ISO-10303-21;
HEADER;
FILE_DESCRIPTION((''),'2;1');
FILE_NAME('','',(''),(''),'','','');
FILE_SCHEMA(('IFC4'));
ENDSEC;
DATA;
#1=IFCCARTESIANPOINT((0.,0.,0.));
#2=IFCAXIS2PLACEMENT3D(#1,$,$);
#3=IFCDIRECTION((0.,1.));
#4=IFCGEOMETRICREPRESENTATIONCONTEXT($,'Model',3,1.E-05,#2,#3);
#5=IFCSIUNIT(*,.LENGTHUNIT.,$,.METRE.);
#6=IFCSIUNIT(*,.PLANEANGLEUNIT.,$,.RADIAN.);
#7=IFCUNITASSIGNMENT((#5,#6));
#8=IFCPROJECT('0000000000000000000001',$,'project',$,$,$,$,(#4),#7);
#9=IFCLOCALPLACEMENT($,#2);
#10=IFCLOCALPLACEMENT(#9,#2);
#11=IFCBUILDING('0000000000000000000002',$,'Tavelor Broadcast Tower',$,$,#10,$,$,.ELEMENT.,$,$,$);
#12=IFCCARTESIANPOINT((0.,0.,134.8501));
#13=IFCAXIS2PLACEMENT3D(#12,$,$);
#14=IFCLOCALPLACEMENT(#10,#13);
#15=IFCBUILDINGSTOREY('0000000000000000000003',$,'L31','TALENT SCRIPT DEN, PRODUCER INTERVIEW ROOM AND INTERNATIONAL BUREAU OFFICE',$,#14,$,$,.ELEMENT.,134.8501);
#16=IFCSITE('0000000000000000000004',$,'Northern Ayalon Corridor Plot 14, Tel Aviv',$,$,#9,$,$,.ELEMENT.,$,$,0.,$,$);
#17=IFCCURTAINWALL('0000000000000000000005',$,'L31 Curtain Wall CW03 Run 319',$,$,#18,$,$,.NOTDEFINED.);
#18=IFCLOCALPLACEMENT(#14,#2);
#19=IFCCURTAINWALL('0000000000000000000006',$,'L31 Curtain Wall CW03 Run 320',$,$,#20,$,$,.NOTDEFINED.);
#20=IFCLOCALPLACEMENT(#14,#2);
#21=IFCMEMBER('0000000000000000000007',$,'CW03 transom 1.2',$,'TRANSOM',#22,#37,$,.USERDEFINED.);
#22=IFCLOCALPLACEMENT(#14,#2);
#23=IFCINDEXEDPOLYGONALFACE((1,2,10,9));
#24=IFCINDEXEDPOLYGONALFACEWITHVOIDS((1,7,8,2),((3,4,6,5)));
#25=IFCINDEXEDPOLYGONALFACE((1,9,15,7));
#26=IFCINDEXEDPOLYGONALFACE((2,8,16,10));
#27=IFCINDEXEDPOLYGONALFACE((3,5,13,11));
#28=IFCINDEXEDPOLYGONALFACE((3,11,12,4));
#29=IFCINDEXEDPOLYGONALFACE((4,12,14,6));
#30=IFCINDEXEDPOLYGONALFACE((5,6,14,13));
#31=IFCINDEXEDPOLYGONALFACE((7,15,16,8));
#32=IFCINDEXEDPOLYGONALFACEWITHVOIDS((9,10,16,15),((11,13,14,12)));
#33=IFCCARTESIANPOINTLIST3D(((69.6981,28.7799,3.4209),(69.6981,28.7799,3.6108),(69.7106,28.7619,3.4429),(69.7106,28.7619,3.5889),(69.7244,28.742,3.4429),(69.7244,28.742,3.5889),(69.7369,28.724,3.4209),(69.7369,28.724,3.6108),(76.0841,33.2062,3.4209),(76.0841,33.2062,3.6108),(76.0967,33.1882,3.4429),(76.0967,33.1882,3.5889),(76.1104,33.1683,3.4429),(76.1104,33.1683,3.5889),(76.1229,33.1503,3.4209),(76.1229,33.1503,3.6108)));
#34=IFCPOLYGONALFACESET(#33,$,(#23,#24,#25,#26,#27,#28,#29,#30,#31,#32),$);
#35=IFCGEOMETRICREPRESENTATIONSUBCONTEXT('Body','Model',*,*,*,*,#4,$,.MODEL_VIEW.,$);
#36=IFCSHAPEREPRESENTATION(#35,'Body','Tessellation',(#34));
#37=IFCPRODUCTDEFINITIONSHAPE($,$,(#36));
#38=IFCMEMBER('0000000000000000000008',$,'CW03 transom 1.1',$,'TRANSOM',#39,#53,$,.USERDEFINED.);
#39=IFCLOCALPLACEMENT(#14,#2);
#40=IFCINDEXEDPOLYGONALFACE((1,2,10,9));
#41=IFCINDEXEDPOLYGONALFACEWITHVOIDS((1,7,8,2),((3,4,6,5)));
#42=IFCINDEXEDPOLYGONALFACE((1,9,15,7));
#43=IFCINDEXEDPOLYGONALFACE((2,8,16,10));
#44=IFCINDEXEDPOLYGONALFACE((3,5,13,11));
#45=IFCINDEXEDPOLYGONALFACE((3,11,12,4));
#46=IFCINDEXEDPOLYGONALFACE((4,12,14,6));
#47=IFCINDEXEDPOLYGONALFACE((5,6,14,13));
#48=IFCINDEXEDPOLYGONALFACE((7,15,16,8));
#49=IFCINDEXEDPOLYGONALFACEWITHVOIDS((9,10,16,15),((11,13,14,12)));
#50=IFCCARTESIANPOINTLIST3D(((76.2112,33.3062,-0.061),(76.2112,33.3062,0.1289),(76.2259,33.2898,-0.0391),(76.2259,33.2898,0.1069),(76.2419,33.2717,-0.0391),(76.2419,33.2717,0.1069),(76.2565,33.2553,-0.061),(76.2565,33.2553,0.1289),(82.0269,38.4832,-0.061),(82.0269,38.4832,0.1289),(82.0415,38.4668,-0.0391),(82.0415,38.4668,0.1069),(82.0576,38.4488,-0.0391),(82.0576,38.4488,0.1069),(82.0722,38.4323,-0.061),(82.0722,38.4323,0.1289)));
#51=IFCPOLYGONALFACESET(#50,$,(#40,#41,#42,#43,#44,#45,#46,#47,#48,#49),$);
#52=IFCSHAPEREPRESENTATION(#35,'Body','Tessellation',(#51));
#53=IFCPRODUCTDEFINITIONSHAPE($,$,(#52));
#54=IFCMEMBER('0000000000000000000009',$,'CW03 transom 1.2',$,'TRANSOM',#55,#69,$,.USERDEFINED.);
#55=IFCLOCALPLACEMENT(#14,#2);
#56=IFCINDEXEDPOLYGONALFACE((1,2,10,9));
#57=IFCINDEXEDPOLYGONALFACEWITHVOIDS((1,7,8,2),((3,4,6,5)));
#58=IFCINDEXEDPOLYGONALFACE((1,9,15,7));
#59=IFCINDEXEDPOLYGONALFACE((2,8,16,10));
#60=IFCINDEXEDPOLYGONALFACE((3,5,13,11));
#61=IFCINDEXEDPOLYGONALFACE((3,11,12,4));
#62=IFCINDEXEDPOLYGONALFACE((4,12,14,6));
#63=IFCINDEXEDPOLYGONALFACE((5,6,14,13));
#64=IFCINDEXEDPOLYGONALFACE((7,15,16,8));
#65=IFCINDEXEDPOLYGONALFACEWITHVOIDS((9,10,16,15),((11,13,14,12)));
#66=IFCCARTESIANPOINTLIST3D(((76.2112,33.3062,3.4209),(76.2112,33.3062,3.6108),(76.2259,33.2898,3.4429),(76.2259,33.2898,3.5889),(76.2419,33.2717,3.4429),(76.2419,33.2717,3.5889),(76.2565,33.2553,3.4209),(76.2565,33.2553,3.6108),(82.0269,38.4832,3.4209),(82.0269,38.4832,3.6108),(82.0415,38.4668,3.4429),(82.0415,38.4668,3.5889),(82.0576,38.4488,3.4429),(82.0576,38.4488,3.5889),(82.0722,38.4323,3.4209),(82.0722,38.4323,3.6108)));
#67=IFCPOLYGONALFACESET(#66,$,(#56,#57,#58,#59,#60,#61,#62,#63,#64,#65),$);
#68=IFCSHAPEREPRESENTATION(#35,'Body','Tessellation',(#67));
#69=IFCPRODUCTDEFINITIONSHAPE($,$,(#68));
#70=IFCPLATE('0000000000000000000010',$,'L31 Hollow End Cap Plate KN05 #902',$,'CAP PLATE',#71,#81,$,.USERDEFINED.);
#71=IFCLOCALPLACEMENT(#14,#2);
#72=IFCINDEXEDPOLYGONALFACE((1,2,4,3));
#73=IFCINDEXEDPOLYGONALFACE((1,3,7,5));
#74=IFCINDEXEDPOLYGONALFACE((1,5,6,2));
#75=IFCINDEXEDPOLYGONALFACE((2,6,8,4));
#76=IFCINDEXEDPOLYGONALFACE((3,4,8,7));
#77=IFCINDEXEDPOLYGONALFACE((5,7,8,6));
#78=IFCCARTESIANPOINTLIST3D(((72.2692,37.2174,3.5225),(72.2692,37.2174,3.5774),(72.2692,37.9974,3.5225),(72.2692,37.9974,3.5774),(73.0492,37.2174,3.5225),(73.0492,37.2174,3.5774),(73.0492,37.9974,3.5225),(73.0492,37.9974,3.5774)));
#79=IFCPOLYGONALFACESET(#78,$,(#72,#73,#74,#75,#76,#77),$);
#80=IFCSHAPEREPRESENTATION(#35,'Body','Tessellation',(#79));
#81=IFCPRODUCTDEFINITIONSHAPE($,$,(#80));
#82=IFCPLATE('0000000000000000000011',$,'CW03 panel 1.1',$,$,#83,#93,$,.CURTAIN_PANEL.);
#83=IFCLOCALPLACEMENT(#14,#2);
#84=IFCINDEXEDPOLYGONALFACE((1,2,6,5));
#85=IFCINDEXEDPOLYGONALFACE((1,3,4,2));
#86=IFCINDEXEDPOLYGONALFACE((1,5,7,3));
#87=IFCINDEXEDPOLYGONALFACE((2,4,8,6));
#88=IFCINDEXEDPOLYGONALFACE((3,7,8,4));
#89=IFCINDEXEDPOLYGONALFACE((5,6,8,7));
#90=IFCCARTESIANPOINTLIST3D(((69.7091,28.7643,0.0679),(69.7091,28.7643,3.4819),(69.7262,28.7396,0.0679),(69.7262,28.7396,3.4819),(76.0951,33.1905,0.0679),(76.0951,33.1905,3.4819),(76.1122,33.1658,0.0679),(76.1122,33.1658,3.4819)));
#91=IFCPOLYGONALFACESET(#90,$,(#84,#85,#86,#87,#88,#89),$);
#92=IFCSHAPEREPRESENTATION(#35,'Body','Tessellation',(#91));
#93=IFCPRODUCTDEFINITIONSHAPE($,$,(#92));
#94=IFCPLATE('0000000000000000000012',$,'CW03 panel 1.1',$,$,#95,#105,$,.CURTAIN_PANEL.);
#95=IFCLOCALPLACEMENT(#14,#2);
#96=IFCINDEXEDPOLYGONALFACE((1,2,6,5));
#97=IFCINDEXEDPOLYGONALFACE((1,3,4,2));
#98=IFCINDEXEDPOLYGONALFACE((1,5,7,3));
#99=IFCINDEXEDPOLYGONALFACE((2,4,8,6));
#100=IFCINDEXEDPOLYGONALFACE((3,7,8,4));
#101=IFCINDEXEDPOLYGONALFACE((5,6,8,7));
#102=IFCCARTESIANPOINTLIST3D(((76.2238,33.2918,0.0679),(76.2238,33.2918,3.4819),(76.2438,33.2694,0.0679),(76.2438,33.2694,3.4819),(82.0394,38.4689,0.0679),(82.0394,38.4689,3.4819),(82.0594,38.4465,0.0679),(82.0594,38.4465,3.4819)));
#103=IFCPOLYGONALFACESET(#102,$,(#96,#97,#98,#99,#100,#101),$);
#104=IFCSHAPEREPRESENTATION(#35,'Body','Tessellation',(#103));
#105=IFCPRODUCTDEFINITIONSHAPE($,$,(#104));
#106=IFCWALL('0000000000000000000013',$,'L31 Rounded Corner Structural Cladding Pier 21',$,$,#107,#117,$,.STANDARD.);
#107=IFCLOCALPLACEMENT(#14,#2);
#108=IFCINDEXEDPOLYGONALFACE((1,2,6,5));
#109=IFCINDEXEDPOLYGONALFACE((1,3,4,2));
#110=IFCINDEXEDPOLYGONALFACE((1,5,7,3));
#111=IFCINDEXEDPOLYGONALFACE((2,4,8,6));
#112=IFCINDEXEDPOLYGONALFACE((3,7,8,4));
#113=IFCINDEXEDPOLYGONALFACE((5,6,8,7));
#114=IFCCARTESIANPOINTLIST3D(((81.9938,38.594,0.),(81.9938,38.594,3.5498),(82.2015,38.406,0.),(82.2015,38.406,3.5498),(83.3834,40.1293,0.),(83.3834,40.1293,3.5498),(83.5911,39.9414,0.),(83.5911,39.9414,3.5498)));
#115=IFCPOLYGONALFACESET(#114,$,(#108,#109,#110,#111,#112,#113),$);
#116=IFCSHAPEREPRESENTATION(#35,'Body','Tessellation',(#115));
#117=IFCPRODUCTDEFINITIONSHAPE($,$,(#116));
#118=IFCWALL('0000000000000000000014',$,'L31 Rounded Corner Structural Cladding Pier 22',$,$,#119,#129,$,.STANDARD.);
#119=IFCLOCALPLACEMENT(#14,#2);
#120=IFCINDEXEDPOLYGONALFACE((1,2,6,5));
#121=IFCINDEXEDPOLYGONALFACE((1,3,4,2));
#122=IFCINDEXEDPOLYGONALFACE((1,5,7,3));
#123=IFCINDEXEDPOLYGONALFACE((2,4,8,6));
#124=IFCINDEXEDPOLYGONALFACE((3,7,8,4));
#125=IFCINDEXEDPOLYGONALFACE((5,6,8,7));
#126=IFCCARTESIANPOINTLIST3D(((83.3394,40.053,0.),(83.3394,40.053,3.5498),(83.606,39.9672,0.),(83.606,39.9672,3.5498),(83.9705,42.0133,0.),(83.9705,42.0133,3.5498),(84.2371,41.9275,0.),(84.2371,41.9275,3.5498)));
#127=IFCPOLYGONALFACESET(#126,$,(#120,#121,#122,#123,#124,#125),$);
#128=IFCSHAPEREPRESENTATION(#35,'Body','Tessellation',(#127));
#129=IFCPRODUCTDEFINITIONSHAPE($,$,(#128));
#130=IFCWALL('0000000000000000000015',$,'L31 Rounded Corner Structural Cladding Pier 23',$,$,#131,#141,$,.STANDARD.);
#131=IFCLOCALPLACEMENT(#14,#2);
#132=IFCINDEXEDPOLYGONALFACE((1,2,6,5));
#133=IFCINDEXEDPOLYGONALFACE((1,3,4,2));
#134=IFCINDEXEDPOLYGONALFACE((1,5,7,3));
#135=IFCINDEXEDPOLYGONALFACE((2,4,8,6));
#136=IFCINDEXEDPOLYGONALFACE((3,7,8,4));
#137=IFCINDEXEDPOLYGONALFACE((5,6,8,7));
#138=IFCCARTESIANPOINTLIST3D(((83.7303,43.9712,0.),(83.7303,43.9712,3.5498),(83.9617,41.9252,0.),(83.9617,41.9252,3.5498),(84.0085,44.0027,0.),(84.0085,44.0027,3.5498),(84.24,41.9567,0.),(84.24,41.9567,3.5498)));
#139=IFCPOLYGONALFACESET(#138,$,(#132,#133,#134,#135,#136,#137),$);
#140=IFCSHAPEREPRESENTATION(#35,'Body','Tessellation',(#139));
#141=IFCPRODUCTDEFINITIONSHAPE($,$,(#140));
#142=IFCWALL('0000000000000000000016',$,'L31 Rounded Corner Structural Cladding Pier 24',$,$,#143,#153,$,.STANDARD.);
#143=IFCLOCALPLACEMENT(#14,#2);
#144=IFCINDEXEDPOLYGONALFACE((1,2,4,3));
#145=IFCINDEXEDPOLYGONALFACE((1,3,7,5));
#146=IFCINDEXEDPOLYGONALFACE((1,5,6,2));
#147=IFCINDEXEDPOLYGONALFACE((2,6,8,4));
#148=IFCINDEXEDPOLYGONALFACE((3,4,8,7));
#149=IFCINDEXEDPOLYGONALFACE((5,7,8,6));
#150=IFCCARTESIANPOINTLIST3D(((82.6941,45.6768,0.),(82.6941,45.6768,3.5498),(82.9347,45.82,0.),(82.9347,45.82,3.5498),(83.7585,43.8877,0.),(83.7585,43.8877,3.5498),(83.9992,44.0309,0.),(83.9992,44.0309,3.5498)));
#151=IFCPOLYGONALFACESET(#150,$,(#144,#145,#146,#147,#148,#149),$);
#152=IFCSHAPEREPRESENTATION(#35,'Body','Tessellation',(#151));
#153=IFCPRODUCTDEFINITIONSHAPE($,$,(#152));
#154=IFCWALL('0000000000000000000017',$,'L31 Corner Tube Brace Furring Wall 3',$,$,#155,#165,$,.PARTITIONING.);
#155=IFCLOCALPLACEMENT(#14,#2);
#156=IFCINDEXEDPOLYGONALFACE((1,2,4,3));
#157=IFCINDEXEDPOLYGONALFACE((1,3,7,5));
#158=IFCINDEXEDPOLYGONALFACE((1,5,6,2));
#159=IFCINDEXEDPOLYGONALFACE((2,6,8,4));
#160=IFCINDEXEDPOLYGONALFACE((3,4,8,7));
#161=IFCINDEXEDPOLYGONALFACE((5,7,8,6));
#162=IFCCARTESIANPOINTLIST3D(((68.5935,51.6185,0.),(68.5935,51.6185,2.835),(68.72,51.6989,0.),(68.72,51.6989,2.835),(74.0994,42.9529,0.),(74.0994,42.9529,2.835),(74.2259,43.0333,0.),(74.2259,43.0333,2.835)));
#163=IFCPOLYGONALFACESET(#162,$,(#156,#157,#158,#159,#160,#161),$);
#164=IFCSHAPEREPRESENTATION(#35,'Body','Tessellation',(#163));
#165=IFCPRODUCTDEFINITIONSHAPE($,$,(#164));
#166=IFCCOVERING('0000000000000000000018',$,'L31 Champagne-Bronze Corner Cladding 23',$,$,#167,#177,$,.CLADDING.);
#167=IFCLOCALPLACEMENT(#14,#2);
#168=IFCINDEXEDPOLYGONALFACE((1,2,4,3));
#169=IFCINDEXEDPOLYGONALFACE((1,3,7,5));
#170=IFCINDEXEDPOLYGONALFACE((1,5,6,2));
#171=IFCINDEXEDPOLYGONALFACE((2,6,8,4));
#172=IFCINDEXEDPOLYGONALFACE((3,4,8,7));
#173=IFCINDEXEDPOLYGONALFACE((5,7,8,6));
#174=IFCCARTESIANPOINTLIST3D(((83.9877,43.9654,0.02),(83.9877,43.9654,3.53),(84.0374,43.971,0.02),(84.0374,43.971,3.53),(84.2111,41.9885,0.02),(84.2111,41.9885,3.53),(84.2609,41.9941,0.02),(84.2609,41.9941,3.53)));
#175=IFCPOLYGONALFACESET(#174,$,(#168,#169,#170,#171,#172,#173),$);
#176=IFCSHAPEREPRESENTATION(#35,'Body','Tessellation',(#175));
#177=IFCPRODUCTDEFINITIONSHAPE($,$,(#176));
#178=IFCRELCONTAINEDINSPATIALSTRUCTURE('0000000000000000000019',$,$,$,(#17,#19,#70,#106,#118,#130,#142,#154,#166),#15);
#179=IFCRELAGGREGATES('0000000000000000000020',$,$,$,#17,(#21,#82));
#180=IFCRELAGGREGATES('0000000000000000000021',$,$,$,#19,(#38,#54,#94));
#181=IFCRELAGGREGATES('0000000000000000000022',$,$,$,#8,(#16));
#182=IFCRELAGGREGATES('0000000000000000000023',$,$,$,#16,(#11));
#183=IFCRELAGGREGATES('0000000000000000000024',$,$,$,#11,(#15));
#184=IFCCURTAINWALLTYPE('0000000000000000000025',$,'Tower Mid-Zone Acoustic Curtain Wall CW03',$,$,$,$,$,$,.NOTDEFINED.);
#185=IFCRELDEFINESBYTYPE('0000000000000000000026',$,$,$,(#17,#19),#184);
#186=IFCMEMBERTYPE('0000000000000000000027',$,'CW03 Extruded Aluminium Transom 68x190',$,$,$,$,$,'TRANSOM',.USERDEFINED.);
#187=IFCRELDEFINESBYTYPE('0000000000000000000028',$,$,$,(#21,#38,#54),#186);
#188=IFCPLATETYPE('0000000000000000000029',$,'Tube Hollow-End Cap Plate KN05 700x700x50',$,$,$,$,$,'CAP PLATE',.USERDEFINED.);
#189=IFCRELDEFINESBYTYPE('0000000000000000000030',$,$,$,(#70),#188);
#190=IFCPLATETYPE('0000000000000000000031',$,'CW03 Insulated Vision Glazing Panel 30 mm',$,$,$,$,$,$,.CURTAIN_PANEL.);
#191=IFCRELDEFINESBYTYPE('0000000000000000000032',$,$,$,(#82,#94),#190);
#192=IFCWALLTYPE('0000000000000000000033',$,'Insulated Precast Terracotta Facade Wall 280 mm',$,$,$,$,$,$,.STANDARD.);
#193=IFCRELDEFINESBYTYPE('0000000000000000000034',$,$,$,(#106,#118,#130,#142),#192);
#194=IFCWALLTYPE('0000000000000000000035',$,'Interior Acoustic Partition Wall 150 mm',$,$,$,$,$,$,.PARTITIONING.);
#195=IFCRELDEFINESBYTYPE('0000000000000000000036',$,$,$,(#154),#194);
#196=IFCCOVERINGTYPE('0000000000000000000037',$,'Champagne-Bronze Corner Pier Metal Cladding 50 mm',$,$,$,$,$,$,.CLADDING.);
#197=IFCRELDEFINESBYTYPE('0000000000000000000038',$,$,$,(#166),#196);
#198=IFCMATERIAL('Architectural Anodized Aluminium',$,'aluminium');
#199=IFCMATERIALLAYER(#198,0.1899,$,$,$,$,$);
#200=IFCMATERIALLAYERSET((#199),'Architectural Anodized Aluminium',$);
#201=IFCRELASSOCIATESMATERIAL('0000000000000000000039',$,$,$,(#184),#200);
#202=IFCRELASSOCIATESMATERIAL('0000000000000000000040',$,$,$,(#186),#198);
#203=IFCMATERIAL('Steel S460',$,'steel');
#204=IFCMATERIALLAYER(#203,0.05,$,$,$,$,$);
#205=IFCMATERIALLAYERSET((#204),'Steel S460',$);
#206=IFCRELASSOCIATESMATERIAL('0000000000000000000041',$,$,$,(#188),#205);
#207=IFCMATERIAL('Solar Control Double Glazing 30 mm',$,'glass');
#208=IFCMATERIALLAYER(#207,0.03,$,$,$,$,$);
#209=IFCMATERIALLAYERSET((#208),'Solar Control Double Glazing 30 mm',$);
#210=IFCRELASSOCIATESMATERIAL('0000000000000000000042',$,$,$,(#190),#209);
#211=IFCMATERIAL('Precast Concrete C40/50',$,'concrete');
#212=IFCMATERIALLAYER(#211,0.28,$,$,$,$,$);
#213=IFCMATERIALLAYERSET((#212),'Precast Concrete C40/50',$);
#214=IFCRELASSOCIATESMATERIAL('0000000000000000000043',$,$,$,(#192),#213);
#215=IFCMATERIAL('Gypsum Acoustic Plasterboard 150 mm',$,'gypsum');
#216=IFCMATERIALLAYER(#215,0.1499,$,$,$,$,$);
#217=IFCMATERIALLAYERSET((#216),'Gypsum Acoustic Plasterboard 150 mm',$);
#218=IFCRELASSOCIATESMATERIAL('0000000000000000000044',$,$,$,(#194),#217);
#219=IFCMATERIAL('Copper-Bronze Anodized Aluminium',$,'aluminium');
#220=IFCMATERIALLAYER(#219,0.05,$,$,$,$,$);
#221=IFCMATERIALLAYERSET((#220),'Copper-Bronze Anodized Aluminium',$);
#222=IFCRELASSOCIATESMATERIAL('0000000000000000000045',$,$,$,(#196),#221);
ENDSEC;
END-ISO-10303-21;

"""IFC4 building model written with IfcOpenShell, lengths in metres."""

from ifc_helpers import new_model, si_unit, direction, frame, frame_2d, origin, origin_2d, place, context, subcontext, project, spatial, rectangle, hollow_rectangle, extrude, source, transform, mapped, material, layer, layer_set, material_profile, profile_set, type_object, type_shapes, element, aggregate, save


model = new_model("IFC4")

# Units and contexts
model_context = context("Model", 3, precision=1e-05, world=origin(), true_north=direction((0.0, 1.0)))
body_context = subcontext(model_context, "Body", "Model", "MODEL_VIEW")
ifc_project = project(units=[si_unit("LENGTHUNIT", "METRE"), si_unit("PLANEANGLEUNIT", "RADIAN")], contexts=[model_context])

# Site, building, storey
site_placement = place(None, origin())
site = spatial("IfcSite", under=ifc_project, at=site_placement, Name="Northern Ayalon Corridor Plot 14, Tel Aviv", CompositionType="ELEMENT", RefElevation=0.0)
building_placement = place(site_placement, origin())
building = spatial("IfcBuilding", under=site, at=building_placement, Name="Tavelor Broadcast Tower", CompositionType="ELEMENT")
storey_placement = place(building_placement, frame((0.0, 0.0, 134.8501)))
storey = spatial("IfcBuildingStorey", under=building, at=storey_placement, Name="L31", Description="TALENT SCRIPT DEN, PRODUCER INTERVIEW ROOM AND INTERNATIONAL BUREAU OFFICE", CompositionType="ELEMENT", Elevation=134.8501)

# Shared definitions
ifc_material_1 = material(Name="Steel S460", Category="steel")

# Curtain wall
ifc_material_2 = material(Name="Architectural Anodized Aluminium", Category="aluminium")
ifc_layer_1 = layer(ifc_material_2, 0.1899)
ifc_layer_set_1 = layer_set([ifc_layer_1], Name="Architectural Anodized Aluminium")
curtain_wall_type = type_object("IfcCurtainWallType", Name="Tower Mid-Zone Acoustic Curtain Wall CW03", PredefinedType="NOTDEFINED", material=ifc_layer_set_1)
curtain_wall_1_placement = place(storey_placement, origin())
curtain_wall_1 = element("IfcCurtainWall", 1, at=curtain_wall_1_placement, inside=storey, type_object=curtain_wall_type, Name="L31 Curtain Wall CW03 Run 319", PredefinedType="NOTDEFINED")

# Curtain wall
curtain_wall_2_placement = place(storey_placement, origin())
curtain_wall_2 = element("IfcCurtainWall", 2, at=curtain_wall_2_placement, inside=storey, type_object=curtain_wall_type, Name="L31 Curtain Wall CW03 Run 320", PredefinedType="NOTDEFINED")

# Members
ifc_material_profile_1 = material_profile(ifc_material_2, hollow_rectangle(XDim=0.0681, YDim=0.1899, WallThickness=0.022, at=origin_2d()), Name="RHS 68x190x22")
ifc_profile_set_1 = profile_set([ifc_material_profile_1], Name="Architectural Anodized Aluminium")
member_type_1 = type_object("IfcMemberType", Name="CW03 Extruded Aluminium Transom 68x190", ElementType="TRANSOM", PredefinedType="USERDEFINED", material=ifc_profile_set_1)
shared_shape_1 = source(origin(), body_context, "Body", "SweptSolid", [
    extrude(hollow_rectangle(XDim=0.0681, YDim=0.1899, WallThickness=0.022, at=origin_2d()), origin(), (0.0, 0.0, 1.0), 7.77),
])
member_1_placement = place(storey_placement, frame((69.7175, 28.752, 3.5159), z_axis=(0.821879, 0.569662, 0.0), x_axis=(-0.569662, 0.821879, 0.0)))
member_1 = element("IfcMember", 3, at=member_1_placement, type_object=member_type_1, Name="CW03 transom 1.2", ObjectType="TRANSOM", PredefinedType="USERDEFINED", context=body_context, shape_type="MappedRepresentation", body=[
    mapped(shared_shape_1, transform((0.0, 0.0, 0.0), scale=1.0)),
])
shared_shape_2 = source(origin(), body_context, "Body", "SweptSolid", [
    extrude(hollow_rectangle(XDim=0.0681, YDim=0.1899, WallThickness=0.022, at=origin_2d()), origin(), (0.0, 0.0, 1.0), 7.7861),
])
type_shapes(member_type_1, [shared_shape_1, shared_shape_2])
member_2_placement = place(storey_placement, frame((76.2339, 33.2808, 0.0339), z_axis=(0.74693, 0.664903, 0.0), x_axis=(-0.664903, 0.74693, 0.0)))
member_2 = element("IfcMember", 4, at=member_2_placement, type_object=member_type_1, Name="CW03 transom 1.1", ObjectType="TRANSOM", PredefinedType="USERDEFINED", context=body_context, shape_type="MappedRepresentation", body=[
    mapped(shared_shape_2, transform((0.0, 0.0, 0.0), scale=1.0)),
])
member_3_placement = place(storey_placement, frame((76.2339, 33.2808, 3.5159), z_axis=(0.74693, 0.664903, 0.0), x_axis=(-0.664903, 0.74693, 0.0)))
member_3 = element("IfcMember", 5, at=member_3_placement, type_object=member_type_1, Name="CW03 transom 1.2", ObjectType="TRANSOM", PredefinedType="USERDEFINED", context=body_context, shape_type="MappedRepresentation", body=[
    mapped(shared_shape_2, transform((0.0, 0.0, 0.0), scale=1.0)),
])

# Plates
ifc_layer_2 = layer(ifc_material_1, 0.05)
ifc_layer_set_2 = layer_set([ifc_layer_2], Name="Steel S460")
plate_type_1 = type_object("IfcPlateType", Name="Tube Hollow-End Cap Plate KN05 700x700x50", ElementType="CAP PLATE", PredefinedType="USERDEFINED", material=ifc_layer_set_2)
shared_shape_3 = source(origin(), body_context, "Body", "SweptSolid", [
    extrude(rectangle(XDim=0.78, YDim=0.78, at=origin_2d()), origin(), (0.0, 0.0, 1.0), 0.0549),
])
type_shapes(plate_type_1, [shared_shape_3])
plate_1_placement = place(storey_placement, frame((72.6592, 37.6074, 3.5225), z_axis=(0.0, 0.0, 1.0), x_axis=(1.0, 0.0, 0.0)))
element("IfcPlate", 6, at=plate_1_placement, inside=storey, type_object=plate_type_1, Name="L31 Hollow End Cap Plate KN05 #902", ObjectType="CAP PLATE", PredefinedType="USERDEFINED", context=body_context, shape_type="MappedRepresentation", body=[
    mapped(shared_shape_3, transform((0.0, 0.0, 0.0), scale=1.0)),
])
ifc_material_3 = material(Name="Solar Control Double Glazing 30 mm", Category="glass")
ifc_layer_3 = layer(ifc_material_3, 0.03)
ifc_layer_set_3 = layer_set([ifc_layer_3], Name="Solar Control Double Glazing 30 mm")
plate_type_2 = type_object("IfcPlateType", Name="CW03 Insulated Vision Glazing Panel 30 mm", PredefinedType="CURTAIN_PANEL", material=ifc_layer_set_3)
shared_shape_4 = source(origin(), body_context, "Body", "SweptSolid", [
    extrude(rectangle(XDim=7.77, YDim=0.03, at=origin_2d()), origin(), (0.0, 0.0, 1.0), 3.4141),
])
plate_2_placement = place(storey_placement, frame((72.9106, 30.9651, 0.0679), z_axis=(0.0, 0.0, 1.0), x_axis=(0.821887, 0.569651, 0.0)))
plate_2 = element("IfcPlate", 7, at=plate_2_placement, type_object=plate_type_2, Name="CW03 panel 1.1", PredefinedType="CURTAIN_PANEL", context=body_context, shape_type="MappedRepresentation", body=[
    mapped(shared_shape_4, transform((0.0, 0.0, 0.0), scale=1.0)),
])
aggregate(curtain_wall_1, [member_1, plate_2])
shared_shape_5 = source(origin(), body_context, "Body", "SweptSolid", [
    extrude(rectangle(XDim=7.7861, YDim=0.03, at=origin_2d()), origin(), (0.0, 0.0, 1.0), 3.4141),
])
type_shapes(plate_type_2, [shared_shape_4, shared_shape_5])
plate_3_placement = place(storey_placement, frame((79.1416, 35.8691, 0.0679), z_axis=(0.0, 0.0, 1.0), x_axis=(0.746922, 0.664911, 0.0)))
plate_3 = element("IfcPlate", 8, at=plate_3_placement, type_object=plate_type_2, Name="CW03 panel 1.1", PredefinedType="CURTAIN_PANEL", context=body_context, shape_type="MappedRepresentation", body=[
    mapped(shared_shape_5, transform((0.0, 0.0, 0.0), scale=1.0)),
])
aggregate(curtain_wall_2, [member_2, member_3, plate_3])

# Walls
ifc_material_4 = material(Name="Precast Concrete C40/50", Category="concrete")
ifc_layer_4 = layer(ifc_material_4, 0.28)
ifc_layer_set_4 = layer_set([ifc_layer_4], Name="Precast Concrete C40/50")
wall_type_1 = type_object("IfcWallType", Name="Insulated Precast Terracotta Facade Wall 280 mm", PredefinedType="STANDARD", material=ifc_layer_set_4)
wall_1_placement = place(storey_placement, frame((82.0977, 38.5, 0.0), z_axis=(0.0, 0.0, 1.0), x_axis=(0.67104, 0.741421, 0.0)))
element("IfcWall", 9, at=wall_1_placement, inside=storey, type_object=wall_type_1, Name="L31 Rounded Corner Structural Cladding Pier 21", PredefinedType="STANDARD", context=body_context, shape_type="SweptSolid", body=[
    extrude(rectangle(XDim=2.0708, YDim=0.28, at=frame_2d((1.0354, 0.0))), origin(), (0.0, 0.0, 1.0), 3.5498),
])
wall_2_placement = place(storey_placement, frame((83.4727, 40.01, 0.0), z_axis=(0.0, 0.0, 1.0), x_axis=(0.306466, 0.951882, 0.0)))
element("IfcWall", 10, at=wall_2_placement, inside=storey, type_object=wall_type_1, Name="L31 Rounded Corner Structural Cladding Pier 22", PredefinedType="STANDARD", context=body_context, shape_type="SweptSolid", body=[
    extrude(rectangle(XDim=2.0593, YDim=0.28, at=frame_2d((1.0298, 0.0))), origin(), (0.0, 0.0, 1.0), 3.5498),
])
wall_3_placement = place(storey_placement, frame((84.1008, 41.9409, 0.0), z_axis=(0.0, 0.0, 1.0), x_axis=(-0.112396, 0.993663, 0.0)))
element("IfcWall", 11, at=wall_3_placement, inside=storey, type_object=wall_type_1, Name="L31 Rounded Corner Structural Cladding Pier 23", PredefinedType="STANDARD", context=body_context, shape_type="SweptSolid", body=[
    extrude(rectangle(XDim=2.0591, YDim=0.28, at=frame_2d((1.0295, 0.0))), origin(), (0.0, 0.0, 1.0), 3.5498),
])
wall_4_placement = place(storey_placement, frame((83.8789, 43.9592, 0.0), z_axis=(0.0, 0.0, 1.0), x_axis=(-0.511319, 0.859391, 0.0)))
element("IfcWall", 12, at=wall_4_placement, inside=storey, type_object=wall_type_1, Name="L31 Rounded Corner Structural Cladding Pier 24", PredefinedType="STANDARD", context=body_context, shape_type="SweptSolid", body=[
    extrude(rectangle(XDim=2.0818, YDim=0.28, at=frame_2d((1.041, 0.0))), origin(), (0.0, 0.0, 1.0), 3.5498),
])
ifc_material_5 = material(Name="Gypsum Acoustic Plasterboard 150 mm", Category="gypsum")
ifc_layer_5 = layer(ifc_material_5, 0.1499)
ifc_layer_set_5 = layer_set([ifc_layer_5], Name="Gypsum Acoustic Plasterboard 150 mm")
wall_type_2 = type_object("IfcWallType", Name="Interior Acoustic Partition Wall 150 mm", PredefinedType="PARTITIONING", material=ifc_layer_set_5)
wall_5_placement = place(storey_placement, frame((74.1626, 42.9932, 0.0), z_axis=(0.0, 0.0, 1.0), x_axis=(-0.536281, 0.844039, 0.0)))
element("IfcWall", 13, at=wall_5_placement, inside=storey, type_object=wall_type_2, Name="L31 Corner Tube Brace Furring Wall 3", PredefinedType="PARTITIONING", context=body_context, shape_type="SweptSolid", body=[
    extrude(rectangle(XDim=10.2668, YDim=0.1499, at=frame_2d((5.1333, 0.0))), origin(), (0.0, 0.0, 1.0), 2.835),
])

# Covering
ifc_material_6 = material(Name="Copper-Bronze Anodized Aluminium", Category="aluminium")
ifc_layer_6 = layer(ifc_material_6, 0.05)
ifc_layer_set_6 = layer_set([ifc_layer_6], Name="Copper-Bronze Anodized Aluminium")
covering_type = type_object("IfcCoveringType", Name="Champagne-Bronze Corner Pier Metal Cladding 50 mm", PredefinedType="CLADDING", material=ifc_layer_set_6)
covering_placement = place(storey_placement, frame((84.1243, 42.9797, 0.02), z_axis=(0.0, 0.0, 1.0), x_axis=(-0.112336, 0.99367, 0.0)))
element("IfcCovering", 14, at=covering_placement, inside=storey, type_object=covering_type, Name="L31 Champagne-Bronze Corner Cladding 23", PredefinedType="CLADDING", context=body_context, shape_type="SweptSolid", body=[
    extrude(rectangle(XDim=1.9895, YDim=0.05, at=origin_2d()), origin(), (0.0, 0.0, 1.0), 3.51),
])

save(model, "model.ifc")
